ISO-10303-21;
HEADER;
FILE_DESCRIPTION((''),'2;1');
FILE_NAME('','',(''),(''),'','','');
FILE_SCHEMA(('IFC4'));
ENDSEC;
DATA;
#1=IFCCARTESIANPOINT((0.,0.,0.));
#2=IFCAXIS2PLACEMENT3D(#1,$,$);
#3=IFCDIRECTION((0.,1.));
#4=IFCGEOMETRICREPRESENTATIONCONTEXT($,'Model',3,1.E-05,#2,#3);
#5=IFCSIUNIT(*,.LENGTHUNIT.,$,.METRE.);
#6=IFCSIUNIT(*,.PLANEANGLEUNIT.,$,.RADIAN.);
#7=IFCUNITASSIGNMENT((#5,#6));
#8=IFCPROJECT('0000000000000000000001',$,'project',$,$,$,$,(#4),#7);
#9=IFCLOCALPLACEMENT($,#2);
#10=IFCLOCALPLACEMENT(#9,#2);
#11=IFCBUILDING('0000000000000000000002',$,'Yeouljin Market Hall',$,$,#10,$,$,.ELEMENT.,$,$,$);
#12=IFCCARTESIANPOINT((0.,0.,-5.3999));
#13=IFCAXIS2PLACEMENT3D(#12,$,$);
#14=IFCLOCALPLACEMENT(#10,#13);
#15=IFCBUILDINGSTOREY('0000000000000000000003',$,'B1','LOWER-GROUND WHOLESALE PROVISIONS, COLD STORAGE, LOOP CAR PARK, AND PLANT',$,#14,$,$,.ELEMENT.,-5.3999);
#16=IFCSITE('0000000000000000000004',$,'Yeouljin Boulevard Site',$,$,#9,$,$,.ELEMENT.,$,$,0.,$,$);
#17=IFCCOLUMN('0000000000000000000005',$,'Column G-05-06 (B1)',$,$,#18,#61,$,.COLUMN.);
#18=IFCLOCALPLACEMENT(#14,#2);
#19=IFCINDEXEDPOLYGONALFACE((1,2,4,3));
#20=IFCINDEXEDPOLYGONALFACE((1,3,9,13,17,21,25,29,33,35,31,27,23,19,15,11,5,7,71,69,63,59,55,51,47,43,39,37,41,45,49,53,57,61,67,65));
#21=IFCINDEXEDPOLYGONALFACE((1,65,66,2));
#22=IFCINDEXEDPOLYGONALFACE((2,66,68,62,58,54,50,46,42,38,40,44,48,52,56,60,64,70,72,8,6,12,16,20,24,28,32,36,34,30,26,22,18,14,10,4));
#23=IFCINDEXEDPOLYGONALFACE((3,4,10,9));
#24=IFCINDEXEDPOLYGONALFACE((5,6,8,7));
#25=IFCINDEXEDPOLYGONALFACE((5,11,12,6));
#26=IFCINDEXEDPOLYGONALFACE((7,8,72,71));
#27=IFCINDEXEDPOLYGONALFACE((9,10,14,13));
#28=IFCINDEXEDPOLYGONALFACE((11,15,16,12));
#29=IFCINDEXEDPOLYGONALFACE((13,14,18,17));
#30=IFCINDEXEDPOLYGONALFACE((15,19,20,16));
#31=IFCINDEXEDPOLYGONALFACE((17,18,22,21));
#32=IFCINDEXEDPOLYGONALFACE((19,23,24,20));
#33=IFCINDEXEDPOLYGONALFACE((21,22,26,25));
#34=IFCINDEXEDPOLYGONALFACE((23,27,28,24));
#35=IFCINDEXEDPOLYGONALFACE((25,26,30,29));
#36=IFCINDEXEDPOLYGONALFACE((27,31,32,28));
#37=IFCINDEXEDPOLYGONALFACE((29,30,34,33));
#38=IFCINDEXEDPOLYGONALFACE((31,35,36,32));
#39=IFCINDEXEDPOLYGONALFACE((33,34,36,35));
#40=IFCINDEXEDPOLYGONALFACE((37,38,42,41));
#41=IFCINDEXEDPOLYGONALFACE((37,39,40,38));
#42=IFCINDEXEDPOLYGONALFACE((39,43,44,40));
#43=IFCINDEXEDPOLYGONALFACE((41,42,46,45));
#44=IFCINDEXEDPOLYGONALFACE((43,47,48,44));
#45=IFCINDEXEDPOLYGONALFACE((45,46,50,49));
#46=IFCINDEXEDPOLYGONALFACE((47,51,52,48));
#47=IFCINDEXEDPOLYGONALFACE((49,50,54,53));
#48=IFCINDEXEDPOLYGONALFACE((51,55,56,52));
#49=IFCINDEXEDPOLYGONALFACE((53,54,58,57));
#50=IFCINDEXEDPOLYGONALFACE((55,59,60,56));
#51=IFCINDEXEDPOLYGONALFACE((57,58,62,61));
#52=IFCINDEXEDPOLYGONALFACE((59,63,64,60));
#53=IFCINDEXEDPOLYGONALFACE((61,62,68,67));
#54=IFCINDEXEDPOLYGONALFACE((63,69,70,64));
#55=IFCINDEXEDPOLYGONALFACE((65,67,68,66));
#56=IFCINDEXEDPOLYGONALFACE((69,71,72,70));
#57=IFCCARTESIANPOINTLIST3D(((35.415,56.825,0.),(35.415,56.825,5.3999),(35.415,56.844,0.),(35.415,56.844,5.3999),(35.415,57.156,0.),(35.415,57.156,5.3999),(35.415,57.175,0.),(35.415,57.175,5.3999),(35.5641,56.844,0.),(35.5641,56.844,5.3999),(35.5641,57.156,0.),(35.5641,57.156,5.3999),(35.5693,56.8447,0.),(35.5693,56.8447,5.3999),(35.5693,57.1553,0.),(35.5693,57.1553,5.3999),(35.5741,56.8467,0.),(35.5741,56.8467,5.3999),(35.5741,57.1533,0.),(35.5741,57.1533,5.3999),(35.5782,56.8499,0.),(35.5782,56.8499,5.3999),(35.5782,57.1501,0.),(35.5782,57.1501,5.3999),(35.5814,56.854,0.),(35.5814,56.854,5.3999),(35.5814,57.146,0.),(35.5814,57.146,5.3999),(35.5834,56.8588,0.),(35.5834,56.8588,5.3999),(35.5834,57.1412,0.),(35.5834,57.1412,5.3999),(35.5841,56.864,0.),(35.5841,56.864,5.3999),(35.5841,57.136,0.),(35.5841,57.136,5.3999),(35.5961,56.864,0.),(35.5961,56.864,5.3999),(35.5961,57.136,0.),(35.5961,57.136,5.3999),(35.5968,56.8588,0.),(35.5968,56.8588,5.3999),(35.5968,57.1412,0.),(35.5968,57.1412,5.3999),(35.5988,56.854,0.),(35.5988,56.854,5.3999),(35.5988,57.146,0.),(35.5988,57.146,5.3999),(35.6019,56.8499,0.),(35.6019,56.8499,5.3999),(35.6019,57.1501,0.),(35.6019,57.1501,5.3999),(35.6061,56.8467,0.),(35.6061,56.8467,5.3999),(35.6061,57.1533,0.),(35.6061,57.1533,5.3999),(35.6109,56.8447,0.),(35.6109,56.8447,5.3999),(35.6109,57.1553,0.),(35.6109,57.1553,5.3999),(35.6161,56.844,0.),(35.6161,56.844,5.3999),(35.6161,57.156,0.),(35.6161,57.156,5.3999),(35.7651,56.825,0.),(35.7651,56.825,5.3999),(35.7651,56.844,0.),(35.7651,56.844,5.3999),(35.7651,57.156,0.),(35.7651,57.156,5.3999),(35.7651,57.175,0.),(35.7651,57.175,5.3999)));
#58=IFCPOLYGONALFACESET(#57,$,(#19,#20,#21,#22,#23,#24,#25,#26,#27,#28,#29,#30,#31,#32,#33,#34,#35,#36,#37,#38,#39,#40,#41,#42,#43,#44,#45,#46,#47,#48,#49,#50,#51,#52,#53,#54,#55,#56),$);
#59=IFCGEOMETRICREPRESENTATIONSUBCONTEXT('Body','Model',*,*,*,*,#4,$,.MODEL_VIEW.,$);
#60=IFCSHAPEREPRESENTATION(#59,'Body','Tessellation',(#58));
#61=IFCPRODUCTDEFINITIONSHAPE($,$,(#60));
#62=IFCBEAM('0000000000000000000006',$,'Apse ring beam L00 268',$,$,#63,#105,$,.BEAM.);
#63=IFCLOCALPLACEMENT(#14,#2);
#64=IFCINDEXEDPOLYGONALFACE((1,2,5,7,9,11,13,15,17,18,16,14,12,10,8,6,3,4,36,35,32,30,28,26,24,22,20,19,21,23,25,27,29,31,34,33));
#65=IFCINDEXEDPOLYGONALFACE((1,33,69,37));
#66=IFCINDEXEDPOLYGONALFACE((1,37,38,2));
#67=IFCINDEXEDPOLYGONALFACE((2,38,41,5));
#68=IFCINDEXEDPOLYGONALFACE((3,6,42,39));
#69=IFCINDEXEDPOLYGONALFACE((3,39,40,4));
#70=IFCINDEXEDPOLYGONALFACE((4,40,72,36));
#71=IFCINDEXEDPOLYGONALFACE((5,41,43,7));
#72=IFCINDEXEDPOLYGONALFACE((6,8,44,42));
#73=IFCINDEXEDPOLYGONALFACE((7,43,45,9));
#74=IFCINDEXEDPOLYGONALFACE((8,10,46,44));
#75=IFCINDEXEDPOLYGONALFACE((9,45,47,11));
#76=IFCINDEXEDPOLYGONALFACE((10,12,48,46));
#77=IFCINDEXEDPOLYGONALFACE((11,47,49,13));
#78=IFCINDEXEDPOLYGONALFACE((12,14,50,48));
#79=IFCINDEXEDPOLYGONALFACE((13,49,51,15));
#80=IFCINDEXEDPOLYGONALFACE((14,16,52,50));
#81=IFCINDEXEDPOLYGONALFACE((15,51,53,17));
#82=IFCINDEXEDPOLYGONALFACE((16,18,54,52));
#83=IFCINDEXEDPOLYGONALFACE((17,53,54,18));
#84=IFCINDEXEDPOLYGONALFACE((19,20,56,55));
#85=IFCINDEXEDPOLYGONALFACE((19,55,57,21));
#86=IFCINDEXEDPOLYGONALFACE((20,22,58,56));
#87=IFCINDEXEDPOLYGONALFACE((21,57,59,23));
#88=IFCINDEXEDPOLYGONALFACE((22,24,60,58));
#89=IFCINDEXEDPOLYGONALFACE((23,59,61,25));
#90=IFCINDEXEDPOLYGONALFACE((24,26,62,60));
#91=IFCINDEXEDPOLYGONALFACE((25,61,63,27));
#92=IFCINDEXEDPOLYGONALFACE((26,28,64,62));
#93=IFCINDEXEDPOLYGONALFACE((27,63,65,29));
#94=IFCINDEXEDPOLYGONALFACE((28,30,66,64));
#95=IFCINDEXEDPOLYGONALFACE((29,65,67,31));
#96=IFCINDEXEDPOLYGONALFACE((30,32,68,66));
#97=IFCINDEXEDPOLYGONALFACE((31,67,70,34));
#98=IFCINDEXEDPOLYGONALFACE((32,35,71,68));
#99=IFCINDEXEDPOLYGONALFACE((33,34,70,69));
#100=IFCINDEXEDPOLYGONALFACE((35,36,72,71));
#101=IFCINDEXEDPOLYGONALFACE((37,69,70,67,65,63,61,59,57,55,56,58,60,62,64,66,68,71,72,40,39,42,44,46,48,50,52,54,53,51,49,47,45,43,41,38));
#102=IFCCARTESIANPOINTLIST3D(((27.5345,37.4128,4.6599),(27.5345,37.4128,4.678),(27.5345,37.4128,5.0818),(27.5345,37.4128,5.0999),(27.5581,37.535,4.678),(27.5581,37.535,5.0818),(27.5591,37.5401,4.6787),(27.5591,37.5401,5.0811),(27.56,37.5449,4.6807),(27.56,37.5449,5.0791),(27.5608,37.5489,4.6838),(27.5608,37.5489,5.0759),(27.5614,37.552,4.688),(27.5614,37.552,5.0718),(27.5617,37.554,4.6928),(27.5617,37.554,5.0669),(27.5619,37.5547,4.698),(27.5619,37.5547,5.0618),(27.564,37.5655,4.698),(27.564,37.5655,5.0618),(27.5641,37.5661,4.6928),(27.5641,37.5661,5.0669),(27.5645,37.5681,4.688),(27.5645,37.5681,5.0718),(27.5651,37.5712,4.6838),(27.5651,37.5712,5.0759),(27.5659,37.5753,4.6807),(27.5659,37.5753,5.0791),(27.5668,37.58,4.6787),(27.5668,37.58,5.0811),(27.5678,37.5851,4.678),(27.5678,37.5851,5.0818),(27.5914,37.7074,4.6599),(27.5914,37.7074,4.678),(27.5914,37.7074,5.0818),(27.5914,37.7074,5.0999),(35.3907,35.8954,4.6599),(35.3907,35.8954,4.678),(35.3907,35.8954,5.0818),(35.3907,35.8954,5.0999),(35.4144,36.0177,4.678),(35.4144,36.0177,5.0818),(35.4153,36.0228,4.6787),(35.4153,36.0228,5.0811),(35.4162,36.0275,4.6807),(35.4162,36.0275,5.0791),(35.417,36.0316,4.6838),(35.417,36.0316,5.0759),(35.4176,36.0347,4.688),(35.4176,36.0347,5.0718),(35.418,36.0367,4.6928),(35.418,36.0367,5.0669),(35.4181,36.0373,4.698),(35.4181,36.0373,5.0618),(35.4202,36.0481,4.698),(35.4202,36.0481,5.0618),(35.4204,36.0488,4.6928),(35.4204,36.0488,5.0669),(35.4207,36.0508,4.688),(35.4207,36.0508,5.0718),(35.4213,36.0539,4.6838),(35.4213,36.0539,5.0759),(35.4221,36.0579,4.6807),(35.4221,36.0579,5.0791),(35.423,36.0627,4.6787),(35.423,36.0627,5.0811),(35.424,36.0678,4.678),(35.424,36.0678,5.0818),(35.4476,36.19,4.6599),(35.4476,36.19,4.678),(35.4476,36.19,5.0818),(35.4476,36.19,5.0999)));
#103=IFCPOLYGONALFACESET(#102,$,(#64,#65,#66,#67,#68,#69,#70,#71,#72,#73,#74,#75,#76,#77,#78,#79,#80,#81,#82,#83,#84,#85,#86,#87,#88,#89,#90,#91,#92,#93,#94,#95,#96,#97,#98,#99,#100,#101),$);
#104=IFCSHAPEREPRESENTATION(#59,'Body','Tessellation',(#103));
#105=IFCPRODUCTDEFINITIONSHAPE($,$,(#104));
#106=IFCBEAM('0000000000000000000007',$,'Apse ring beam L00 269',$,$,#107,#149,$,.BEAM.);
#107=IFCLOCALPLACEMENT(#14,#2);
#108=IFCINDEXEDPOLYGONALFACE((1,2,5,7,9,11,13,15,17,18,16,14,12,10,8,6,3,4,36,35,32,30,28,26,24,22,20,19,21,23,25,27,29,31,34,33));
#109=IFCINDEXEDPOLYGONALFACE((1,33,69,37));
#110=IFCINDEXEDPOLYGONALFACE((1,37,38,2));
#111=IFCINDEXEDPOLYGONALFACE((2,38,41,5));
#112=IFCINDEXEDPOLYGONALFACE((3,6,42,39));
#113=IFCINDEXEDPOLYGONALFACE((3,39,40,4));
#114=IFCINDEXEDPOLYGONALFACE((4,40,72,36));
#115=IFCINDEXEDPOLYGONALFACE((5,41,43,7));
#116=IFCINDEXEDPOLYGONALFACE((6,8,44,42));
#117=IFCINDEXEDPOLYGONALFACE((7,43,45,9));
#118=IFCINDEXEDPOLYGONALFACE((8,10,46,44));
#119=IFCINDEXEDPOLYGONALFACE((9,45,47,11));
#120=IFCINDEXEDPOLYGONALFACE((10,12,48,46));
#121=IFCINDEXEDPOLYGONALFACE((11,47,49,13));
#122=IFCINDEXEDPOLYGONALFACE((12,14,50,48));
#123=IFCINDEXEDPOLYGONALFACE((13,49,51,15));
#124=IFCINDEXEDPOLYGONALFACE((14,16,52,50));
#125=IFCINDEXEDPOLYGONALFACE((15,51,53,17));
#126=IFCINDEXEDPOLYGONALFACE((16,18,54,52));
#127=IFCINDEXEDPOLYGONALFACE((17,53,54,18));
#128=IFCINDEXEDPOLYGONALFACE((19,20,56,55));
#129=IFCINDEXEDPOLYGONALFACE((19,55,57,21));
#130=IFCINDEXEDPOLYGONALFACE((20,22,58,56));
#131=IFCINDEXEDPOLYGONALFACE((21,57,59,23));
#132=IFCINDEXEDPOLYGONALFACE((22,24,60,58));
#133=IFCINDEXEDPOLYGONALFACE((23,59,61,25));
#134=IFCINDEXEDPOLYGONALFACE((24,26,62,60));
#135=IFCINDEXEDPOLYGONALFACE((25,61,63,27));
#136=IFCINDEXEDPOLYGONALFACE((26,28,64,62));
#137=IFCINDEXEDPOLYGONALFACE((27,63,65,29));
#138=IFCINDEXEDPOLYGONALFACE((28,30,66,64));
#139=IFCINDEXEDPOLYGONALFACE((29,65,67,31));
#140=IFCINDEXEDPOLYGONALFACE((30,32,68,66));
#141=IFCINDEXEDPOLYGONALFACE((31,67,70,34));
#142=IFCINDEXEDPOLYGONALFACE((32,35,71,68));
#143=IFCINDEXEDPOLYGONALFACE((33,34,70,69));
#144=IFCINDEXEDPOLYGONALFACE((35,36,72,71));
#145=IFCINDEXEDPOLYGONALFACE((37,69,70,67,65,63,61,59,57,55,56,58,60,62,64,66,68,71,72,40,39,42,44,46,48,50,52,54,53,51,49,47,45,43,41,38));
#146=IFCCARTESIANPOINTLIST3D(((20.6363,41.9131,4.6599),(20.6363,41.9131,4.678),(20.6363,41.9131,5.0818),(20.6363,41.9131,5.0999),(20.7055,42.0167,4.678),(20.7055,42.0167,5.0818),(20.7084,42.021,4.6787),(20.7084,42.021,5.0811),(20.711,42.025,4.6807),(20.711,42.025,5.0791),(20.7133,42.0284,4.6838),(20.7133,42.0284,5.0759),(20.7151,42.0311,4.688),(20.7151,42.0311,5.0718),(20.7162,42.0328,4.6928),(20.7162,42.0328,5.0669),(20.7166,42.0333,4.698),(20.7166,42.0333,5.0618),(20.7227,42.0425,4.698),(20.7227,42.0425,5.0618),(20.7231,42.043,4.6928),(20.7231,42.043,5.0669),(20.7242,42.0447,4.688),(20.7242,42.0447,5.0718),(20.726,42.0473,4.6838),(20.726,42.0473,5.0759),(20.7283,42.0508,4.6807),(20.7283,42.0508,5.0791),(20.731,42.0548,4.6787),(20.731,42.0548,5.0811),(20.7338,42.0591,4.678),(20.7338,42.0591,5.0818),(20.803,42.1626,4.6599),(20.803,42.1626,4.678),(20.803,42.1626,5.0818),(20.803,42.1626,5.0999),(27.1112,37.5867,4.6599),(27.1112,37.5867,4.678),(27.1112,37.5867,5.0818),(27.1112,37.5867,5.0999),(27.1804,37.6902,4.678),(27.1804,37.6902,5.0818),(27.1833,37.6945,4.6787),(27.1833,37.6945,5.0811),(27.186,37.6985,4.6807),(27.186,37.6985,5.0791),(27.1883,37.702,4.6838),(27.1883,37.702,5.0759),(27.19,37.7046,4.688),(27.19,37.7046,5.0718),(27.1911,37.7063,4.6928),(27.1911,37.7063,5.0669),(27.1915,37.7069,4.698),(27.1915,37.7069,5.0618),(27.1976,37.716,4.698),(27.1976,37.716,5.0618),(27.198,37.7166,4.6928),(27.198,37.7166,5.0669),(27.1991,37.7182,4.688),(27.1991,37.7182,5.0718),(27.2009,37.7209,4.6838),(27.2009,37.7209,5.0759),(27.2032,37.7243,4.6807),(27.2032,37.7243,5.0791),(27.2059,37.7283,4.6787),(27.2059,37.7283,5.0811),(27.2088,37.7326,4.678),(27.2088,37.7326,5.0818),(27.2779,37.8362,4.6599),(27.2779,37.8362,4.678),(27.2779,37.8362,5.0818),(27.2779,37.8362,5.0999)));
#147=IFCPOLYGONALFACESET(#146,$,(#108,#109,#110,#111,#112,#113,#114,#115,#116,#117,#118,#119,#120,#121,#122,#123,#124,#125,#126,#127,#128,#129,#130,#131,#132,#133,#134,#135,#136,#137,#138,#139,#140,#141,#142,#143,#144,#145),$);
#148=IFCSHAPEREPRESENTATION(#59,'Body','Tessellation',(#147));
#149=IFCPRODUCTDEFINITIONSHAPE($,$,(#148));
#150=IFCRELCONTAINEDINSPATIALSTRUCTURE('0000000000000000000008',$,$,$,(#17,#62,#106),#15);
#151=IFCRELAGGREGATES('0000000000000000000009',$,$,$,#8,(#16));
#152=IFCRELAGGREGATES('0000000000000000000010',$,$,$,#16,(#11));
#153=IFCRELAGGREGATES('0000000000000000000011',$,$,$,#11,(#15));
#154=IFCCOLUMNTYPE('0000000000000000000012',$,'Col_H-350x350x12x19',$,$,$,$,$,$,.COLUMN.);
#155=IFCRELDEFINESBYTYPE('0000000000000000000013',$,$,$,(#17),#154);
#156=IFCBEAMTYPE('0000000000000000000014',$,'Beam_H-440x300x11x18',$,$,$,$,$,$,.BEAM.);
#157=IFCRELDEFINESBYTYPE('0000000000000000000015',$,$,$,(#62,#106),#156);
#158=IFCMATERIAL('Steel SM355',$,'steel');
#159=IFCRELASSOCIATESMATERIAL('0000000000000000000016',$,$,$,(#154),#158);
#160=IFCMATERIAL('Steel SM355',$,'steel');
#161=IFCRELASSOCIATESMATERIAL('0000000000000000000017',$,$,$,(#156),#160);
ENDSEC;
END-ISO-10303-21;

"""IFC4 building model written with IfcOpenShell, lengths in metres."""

from ifc_helpers import new_model, si_unit, direction, frame, origin, origin_2d, place, context, subcontext, project, spatial, i_section, extrude, material, material_profile, profile_set, type_object, element, save


model = new_model("IFC4")

# Units and contexts
model_context = context("Model", 3, precision=1e-05, world=origin(), true_north=direction((0.0, 1.0)))
body_context = subcontext(model_context, "Body", "Model", "MODEL_VIEW")
ifc_project = project(units=[si_unit("LENGTHUNIT", "METRE"), si_unit("PLANEANGLEUNIT", "RADIAN")], contexts=[model_context])

# Site, building, storey
site_placement = place(None, origin())
site = spatial("IfcSite", under=ifc_project, at=site_placement, Name="Yeouljin Boulevard Site", CompositionType="ELEMENT", RefElevation=0.0)
building_placement = place(site_placement, origin())
building = spatial("IfcBuilding", under=site, at=building_placement, Name="Yeouljin Market Hall", CompositionType="ELEMENT")
storey_placement = place(building_placement, frame((0.0, 0.0, -5.3999)))
storey = spatial("IfcBuildingStorey", under=building, at=storey_placement, Name="B1", Description="LOWER-GROUND WHOLESALE PROVISIONS, COLD STORAGE, LOOP CAR PARK, AND PLANT", CompositionType="ELEMENT", Elevation=-5.3999)

# Column
ifc_material_1 = material(Name="Steel SM355", Category="steel")
ifc_material_profile_1 = material_profile(ifc_material_1, i_section(OverallWidth=0.3501, OverallDepth=0.3501, WebThickness=0.012, FlangeThickness=0.019, FilletRadius=0.02, at=origin_2d()), Name="H-350x350x12x19")
ifc_profile_set_1 = profile_set([ifc_material_profile_1], Name="Steel SM355")
column_type_1 = type_object("IfcColumnType", Name="Col_H-350x350x12x19", PredefinedType="COLUMN", material=ifc_profile_set_1)
for number, where, z_axis, x_axis, name in (
    (1, (35.5901, 57.0, 0.0), (0.0, 0.0, 1.0), (1.0, 0.0, 0.0), "Column G-05-06 (B1)"),
):
    element("IfcColumn", number, at=place(storey_placement, frame(where, z_axis=z_axis, x_axis=x_axis)), inside=storey, type_object=column_type_1, Name=name, PredefinedType="COLUMN", context=body_context, shape_type="SweptSolid", body=[
        extrude(i_section(OverallWidth=0.3501, OverallDepth=0.3501, WebThickness=0.012, FlangeThickness=0.019, FilletRadius=0.02, at=origin_2d()), origin(), (0.0, 0.0, 1.0), 5.3999),
    ])

# Beams
ifc_material_2 = material(Name="Steel SM355", Category="steel")
ifc_material_profile_2 = material_profile(ifc_material_2, i_section(OverallWidth=0.3, OverallDepth=0.4399, WebThickness=0.011, FlangeThickness=0.0181, FilletRadius=0.02, at=origin_2d()), Name="H-440x300x11x18")
ifc_profile_set_2 = profile_set([ifc_material_profile_2], Name="Steel SM355")
beam_type_1 = type_object("IfcBeamType", Name="Beam_H-440x300x11x18", PredefinedType="BEAM", material=ifc_profile_set_2)
beam_1_placement = place(storey_placement, frame((35.4192, 36.0427, 4.8799), z_axis=(-0.981855, 0.189634, 0.0), x_axis=(-0.189634, -0.981855, 0.0)))
element("IfcBeam", 2, at=beam_1_placement, inside=storey, type_object=beam_type_1, Name="Apse ring beam L00 268", PredefinedType="BEAM", context=body_context, shape_type="SweptSolid", body=[
    extrude(i_section(OverallWidth=0.3, OverallDepth=0.4399, WebThickness=0.011, FlangeThickness=0.0181, FilletRadius=0.02, at=origin_2d()), origin(), (0.0, 0.0, 1.0), 8.0015),
])
beam_2_placement = place(storey_placement, frame((27.1946, 37.7114, 4.8799), z_axis=(-0.831466, 0.555575, 0.0), x_axis=(-0.555575, -0.831466, 0.0)))
element("IfcBeam", 3, at=beam_2_placement, inside=storey, type_object=beam_type_1, Name="Apse ring beam L00 269", PredefinedType="BEAM", context=body_context, shape_type="SweptSolid", body=[
    extrude(i_section(OverallWidth=0.3, OverallDepth=0.4399, WebThickness=0.011, FlangeThickness=0.0181, FilletRadius=0.02, at=origin_2d()), origin(), (0.0, 0.0, 1.0), 7.7874),
])

save(model, "model.ifc")
